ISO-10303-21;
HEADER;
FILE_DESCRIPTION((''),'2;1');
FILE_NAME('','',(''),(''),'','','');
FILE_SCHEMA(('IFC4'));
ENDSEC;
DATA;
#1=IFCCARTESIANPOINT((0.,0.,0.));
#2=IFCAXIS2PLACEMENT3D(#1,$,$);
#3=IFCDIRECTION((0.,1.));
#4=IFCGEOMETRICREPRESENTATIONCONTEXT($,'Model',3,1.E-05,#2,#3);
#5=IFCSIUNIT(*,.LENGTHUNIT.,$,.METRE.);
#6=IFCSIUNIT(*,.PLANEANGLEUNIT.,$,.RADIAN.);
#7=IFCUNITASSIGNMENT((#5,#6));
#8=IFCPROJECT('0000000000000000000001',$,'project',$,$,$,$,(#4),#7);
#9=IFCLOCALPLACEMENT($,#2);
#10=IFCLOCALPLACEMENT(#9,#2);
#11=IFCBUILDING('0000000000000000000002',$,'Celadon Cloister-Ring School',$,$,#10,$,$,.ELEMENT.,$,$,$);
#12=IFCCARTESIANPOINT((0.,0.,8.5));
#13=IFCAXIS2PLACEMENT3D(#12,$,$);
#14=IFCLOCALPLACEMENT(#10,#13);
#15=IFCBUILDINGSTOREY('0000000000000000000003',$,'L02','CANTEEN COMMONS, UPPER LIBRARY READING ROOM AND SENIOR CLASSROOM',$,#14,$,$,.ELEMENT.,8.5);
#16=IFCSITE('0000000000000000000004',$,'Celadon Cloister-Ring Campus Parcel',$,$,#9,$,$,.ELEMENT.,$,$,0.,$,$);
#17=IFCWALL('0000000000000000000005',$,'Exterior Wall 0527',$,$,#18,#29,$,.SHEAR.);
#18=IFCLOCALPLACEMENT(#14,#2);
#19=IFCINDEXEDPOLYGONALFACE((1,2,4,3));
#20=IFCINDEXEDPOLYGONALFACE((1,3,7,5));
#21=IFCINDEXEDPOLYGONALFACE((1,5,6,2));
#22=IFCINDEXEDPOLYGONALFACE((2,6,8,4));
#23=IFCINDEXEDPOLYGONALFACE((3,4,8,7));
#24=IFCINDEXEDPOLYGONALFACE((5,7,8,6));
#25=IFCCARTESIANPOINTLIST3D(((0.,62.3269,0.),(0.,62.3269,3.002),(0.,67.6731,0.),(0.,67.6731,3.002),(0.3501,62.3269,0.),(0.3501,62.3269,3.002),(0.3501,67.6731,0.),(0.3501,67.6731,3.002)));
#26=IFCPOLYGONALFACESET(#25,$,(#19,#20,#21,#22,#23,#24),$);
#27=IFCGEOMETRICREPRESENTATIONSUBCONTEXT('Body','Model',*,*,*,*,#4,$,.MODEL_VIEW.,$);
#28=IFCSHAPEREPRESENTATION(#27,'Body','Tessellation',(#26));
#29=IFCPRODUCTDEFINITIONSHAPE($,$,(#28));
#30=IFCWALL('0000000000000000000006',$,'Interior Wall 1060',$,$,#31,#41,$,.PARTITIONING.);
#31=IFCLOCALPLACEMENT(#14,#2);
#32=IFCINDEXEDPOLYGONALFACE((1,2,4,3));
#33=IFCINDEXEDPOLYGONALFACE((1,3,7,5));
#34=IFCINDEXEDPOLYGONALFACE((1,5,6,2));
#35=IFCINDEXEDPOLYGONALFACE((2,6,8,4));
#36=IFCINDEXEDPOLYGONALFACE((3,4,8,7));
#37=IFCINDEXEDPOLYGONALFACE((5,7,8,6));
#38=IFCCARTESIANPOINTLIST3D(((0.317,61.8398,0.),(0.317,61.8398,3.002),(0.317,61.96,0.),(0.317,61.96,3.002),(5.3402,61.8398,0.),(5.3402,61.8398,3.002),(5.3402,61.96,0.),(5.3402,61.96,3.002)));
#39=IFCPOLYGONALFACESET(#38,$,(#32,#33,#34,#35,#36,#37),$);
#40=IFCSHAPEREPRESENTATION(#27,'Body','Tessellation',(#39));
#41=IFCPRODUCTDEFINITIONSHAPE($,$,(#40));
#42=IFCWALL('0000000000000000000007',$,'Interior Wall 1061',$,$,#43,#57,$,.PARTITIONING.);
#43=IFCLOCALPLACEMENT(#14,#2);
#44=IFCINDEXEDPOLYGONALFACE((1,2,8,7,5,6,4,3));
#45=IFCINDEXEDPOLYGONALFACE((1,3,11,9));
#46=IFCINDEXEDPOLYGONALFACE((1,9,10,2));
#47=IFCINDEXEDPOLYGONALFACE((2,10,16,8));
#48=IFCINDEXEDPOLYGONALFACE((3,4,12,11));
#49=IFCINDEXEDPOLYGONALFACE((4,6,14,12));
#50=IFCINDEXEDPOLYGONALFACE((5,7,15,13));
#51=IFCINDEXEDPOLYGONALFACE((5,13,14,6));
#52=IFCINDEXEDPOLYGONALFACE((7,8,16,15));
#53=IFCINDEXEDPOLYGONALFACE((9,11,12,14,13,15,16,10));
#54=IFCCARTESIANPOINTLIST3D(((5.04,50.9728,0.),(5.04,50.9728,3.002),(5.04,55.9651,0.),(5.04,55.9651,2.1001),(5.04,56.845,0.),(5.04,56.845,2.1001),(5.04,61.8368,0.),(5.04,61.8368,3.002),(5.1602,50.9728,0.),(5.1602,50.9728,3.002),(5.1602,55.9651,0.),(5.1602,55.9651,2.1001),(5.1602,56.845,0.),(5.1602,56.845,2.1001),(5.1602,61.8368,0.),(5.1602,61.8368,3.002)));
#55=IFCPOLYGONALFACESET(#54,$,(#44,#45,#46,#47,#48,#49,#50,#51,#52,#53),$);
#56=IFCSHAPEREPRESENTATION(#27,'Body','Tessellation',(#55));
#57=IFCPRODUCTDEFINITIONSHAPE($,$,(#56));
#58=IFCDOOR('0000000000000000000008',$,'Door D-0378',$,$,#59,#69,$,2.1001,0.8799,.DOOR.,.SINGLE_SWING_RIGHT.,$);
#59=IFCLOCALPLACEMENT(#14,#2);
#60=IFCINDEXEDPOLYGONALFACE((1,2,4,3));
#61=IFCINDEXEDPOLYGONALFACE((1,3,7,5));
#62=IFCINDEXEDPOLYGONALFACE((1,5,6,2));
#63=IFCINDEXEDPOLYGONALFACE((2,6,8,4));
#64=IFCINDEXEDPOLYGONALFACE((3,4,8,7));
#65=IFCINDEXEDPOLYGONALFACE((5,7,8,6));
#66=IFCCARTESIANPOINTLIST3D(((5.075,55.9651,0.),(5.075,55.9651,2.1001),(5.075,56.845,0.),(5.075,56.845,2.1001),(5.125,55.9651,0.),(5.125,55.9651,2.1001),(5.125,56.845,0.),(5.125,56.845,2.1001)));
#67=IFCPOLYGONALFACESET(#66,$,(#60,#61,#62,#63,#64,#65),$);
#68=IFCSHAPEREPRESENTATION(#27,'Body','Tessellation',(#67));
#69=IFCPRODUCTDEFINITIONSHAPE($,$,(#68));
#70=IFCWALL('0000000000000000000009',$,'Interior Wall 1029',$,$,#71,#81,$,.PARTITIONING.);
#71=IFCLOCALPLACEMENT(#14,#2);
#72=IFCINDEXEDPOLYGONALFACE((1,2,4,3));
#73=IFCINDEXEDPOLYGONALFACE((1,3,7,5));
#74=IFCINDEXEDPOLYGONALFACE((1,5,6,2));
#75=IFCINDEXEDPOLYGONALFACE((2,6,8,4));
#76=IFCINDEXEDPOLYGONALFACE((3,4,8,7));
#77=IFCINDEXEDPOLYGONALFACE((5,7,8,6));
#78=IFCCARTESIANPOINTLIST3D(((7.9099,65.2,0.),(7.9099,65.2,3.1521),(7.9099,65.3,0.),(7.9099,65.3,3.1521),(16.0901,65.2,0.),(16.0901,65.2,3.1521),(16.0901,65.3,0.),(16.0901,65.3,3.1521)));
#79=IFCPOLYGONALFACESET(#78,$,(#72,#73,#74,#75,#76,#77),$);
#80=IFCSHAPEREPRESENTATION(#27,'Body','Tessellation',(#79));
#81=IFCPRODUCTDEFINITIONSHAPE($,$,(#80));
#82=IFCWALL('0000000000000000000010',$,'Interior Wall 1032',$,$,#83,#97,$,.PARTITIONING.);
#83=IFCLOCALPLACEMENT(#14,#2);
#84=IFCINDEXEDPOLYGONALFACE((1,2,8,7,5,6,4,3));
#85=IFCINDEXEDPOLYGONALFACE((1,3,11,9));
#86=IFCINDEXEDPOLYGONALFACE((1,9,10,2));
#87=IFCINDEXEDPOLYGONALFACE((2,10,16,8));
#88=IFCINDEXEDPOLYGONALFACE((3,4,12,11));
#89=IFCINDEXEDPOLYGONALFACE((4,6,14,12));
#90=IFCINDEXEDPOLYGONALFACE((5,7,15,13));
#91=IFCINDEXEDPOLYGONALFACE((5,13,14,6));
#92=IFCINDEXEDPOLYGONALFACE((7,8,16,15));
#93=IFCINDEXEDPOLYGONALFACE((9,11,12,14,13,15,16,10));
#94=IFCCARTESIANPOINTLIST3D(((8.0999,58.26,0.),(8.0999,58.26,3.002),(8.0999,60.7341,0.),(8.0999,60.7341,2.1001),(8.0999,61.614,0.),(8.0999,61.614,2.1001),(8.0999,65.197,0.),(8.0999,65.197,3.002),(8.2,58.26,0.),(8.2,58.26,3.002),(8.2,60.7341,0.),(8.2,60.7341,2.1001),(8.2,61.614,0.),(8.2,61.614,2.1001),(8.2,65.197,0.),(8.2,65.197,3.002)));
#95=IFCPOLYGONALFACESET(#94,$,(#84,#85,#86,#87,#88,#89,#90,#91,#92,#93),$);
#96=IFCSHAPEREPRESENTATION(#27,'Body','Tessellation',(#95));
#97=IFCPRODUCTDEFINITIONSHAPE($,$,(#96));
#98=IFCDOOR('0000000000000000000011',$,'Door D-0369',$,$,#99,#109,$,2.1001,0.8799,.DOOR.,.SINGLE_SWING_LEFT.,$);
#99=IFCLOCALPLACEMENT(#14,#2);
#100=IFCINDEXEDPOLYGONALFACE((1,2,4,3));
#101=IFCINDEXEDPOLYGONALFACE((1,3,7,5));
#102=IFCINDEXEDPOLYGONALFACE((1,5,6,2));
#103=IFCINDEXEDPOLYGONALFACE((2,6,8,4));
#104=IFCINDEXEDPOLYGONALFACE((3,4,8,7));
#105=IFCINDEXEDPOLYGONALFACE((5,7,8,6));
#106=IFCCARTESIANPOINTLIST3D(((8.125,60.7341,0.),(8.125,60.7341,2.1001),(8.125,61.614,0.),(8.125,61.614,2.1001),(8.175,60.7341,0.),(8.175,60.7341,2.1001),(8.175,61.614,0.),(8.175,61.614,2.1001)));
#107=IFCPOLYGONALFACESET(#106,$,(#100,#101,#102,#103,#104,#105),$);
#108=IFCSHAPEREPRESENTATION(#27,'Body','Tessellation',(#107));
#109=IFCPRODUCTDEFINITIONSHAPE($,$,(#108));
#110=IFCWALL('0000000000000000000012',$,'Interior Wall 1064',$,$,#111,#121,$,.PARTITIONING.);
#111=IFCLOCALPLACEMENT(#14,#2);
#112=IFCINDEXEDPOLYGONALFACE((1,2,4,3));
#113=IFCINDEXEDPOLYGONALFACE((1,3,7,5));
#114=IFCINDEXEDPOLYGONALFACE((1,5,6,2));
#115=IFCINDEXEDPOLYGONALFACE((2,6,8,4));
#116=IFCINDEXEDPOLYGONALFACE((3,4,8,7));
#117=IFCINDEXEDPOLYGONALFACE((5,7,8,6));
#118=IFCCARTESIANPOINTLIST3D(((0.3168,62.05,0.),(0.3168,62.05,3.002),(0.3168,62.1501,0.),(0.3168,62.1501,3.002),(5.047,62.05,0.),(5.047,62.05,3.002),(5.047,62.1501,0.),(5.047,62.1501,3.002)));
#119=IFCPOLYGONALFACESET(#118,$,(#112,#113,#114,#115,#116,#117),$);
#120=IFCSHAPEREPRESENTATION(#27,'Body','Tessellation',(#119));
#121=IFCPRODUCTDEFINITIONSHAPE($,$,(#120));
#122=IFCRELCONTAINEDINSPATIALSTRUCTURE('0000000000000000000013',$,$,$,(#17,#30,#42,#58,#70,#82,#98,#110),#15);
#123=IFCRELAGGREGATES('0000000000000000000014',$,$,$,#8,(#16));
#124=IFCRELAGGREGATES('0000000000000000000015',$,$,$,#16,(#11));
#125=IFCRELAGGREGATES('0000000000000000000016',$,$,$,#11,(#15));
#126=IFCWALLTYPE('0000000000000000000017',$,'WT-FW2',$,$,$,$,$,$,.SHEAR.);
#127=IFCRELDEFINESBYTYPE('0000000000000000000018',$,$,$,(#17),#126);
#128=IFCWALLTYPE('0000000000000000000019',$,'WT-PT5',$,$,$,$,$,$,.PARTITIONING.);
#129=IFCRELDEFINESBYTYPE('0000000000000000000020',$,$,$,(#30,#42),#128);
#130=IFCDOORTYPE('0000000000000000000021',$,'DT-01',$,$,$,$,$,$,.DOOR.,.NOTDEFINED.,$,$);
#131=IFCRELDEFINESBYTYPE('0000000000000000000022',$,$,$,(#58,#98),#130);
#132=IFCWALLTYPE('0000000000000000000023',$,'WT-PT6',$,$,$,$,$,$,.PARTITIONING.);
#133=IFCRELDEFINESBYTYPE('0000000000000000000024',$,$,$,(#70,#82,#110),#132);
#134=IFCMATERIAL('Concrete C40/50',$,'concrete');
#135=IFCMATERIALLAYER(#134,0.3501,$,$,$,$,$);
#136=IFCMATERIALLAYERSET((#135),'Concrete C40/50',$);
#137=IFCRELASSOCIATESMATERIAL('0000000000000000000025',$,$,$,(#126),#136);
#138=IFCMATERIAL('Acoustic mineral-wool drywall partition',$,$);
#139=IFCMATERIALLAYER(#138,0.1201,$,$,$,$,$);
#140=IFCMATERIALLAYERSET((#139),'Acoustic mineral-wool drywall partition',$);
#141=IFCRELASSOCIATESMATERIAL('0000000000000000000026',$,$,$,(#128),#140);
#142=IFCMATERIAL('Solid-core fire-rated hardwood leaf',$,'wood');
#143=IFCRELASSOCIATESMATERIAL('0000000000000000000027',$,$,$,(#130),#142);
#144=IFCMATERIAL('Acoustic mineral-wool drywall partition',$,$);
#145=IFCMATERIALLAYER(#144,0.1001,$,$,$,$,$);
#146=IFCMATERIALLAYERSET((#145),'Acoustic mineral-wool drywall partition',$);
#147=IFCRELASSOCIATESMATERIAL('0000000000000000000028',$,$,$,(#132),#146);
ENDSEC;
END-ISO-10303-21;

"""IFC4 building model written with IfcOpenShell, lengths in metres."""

from ifc_helpers import new_model, si_unit, direction, frame, frame_2d, origin, place, context, subcontext, project, spatial, rectangle, extrude, material, layer, layer_set, type_object, element, fill, save


model = new_model("IFC4")

# Units and contexts
model_context = context("Model", 3, precision=1e-05, world=origin(), true_north=direction((0.0, 1.0)))
body_context = subcontext(model_context, "Body", "Model", "MODEL_VIEW")
ifc_project = project(units=[si_unit("LENGTHUNIT", "METRE"), si_unit("PLANEANGLEUNIT", "RADIAN")], contexts=[model_context])

# Site, building, storey
site_placement = place(None, origin())
site = spatial("IfcSite", under=ifc_project, at=site_placement, Name="Celadon Cloister-Ring Campus Parcel", CompositionType="ELEMENT", RefElevation=0.0)
building_placement = place(site_placement, origin())
building = spatial("IfcBuilding", under=site, at=building_placement, Name="Celadon Cloister-Ring School", CompositionType="ELEMENT")
storey_placement = place(building_placement, frame((0.0, 0.0, 8.5)))
storey = spatial("IfcBuildingStorey", under=building, at=storey_placement, Name="L02", Description="CANTEEN COMMONS, UPPER LIBRARY READING ROOM AND SENIOR CLASSROOM", CompositionType="ELEMENT", Elevation=8.5)

# Walls
ifc_material_1 = material(Name="Concrete C40/50", Category="concrete")
ifc_layer_1 = layer(ifc_material_1, 0.3501)
ifc_layer_set_1 = layer_set([ifc_layer_1], Name="Concrete C40/50")
wall_type_1 = type_object("IfcWallType", Name="WT-FW2", PredefinedType="SHEAR", material=ifc_layer_set_1)
for number, where, z_axis, x_axis, name in (
    (1, (0.175, 62.3269, 0.0), (0.0, 0.0, 1.0), (0.0, 1.0, 0.0), "Exterior Wall 0527"),
):
    element("IfcWall", number, at=place(storey_placement, frame(where, z_axis=z_axis, x_axis=x_axis)), inside=storey, type_object=wall_type_1, Name=name, PredefinedType="SHEAR", context=body_context, shape_type="SweptSolid", body=[
        extrude(rectangle(XDim=5.3462, YDim=0.3501, at=frame_2d((2.6731, 0.0))), origin(), (0.0, 0.0, 1.0), 3.002),
    ])
ifc_material_2 = material(Name="Acoustic mineral-wool drywall partition")
ifc_layer_2 = layer(ifc_material_2, 0.1201)
ifc_layer_set_2 = layer_set([ifc_layer_2], Name="Acoustic mineral-wool drywall partition")
wall_type_2 = type_object("IfcWallType", Name="WT-PT5", PredefinedType="PARTITIONING", material=ifc_layer_set_2)
wall_1_placement = place(storey_placement, frame((0.3169, 61.8999, 0.0), z_axis=(0.0, 0.0, 1.0), x_axis=(1.0, 0.0, 0.0)))
element("IfcWall", 2, at=wall_1_placement, inside=storey, type_object=wall_type_2, Name="Interior Wall 1060", PredefinedType="PARTITIONING", context=body_context, shape_type="SweptSolid", body=[
    extrude(rectangle(XDim=5.0232, YDim=0.1201, at=frame_2d((2.5117, 0.0))), origin(), (0.0, 0.0, 1.0), 3.002),
])

# Wall, opening, door
wall_2_placement = place(storey_placement, frame((5.1001, 61.8369, 0.0), z_axis=(0.0, 0.0, 1.0), x_axis=(0.0, -1.0, 0.0)))
wall_2 = element("IfcWall", 3, at=wall_2_placement, inside=storey, type_object=wall_type_2, Name="Interior Wall 1061", PredefinedType="PARTITIONING", context=body_context, shape_type="SweptSolid", body=[
    extrude(rectangle(XDim=10.864, YDim=0.1201, at=frame_2d((5.4321, 0.0))), origin(), (0.0, 0.0, 1.0), 3.002),
])
opening_1_placement = place(wall_2_placement, frame((4.9919, 0.0, 0.0)))
opening_1 = element("IfcOpeningElement", 4, at=opening_1_placement, cuts=wall_2, PredefinedType="OPENING", context=body_context, shape_type="SweptSolid", body=[
    extrude(rectangle(XDim=0.8799, YDim=2.1001, at=frame_2d((0.4399, 1.05))), frame((0.0, 0.0701, 0.0), z_axis=(0.0, -1.0, 0.0), x_axis=(1.0, 0.0, 0.0)), (0.0, 0.0, 1.0), 0.1401),
])
ifc_material_3 = material(Name="Solid-core fire-rated hardwood leaf", Category="wood")
door_type = type_object("IfcDoorType", Name="DT-01", OperationType="NOTDEFINED", PredefinedType="DOOR", material=ifc_material_3)
door_1_placement = place(opening_1_placement, origin())
door_1 = element("IfcDoor", 5, at=door_1_placement, inside=storey, type_object=door_type, Name="Door D-0378", OperationType="SINGLE_SWING_RIGHT", OverallHeight=2.1001, OverallWidth=0.8799, PredefinedType="DOOR", context=body_context, shape_type="SweptSolid", body=[
    extrude(rectangle(XDim=0.8799, YDim=2.1001, at=frame_2d((0.4399, 1.05))), frame((0.0, 0.0249, 0.0), z_axis=(0.0, -1.0, 0.0), x_axis=(1.0, 0.0, 0.0)), (0.0, 0.0, 1.0), 0.05),
])
fill(opening_1, door_1)

# Wall
ifc_material_4 = material(Name="Acoustic mineral-wool drywall partition")
ifc_layer_3 = layer(ifc_material_4, 0.1001)
ifc_layer_set_3 = layer_set([ifc_layer_3], Name="Acoustic mineral-wool drywall partition")
wall_type_3 = type_object("IfcWallType", Name="WT-PT6", PredefinedType="PARTITIONING", material=ifc_layer_set_3)
wall_3_placement = place(storey_placement, frame((7.9099, 65.25, 0.0), z_axis=(0.0, 0.0, 1.0), x_axis=(1.0, 0.0, 0.0)))
element("IfcWall", 6, at=wall_3_placement, inside=storey, type_object=wall_type_3, Name="Interior Wall 1029", PredefinedType="PARTITIONING", context=body_context, shape_type="SweptSolid", body=[
    extrude(rectangle(XDim=8.1802, YDim=0.1001, at=frame_2d((4.0901, 0.0))), origin(), (0.0, 0.0, 1.0), 3.1521),
])

# Wall, opening, door
wall_4_placement = place(storey_placement, frame((8.1499, 58.26, 0.0), z_axis=(0.0, 0.0, 1.0), x_axis=(0.0, 1.0, 0.0)))
wall_4 = element("IfcWall", 7, at=wall_4_placement, inside=storey, type_object=wall_type_3, Name="Interior Wall 1032", PredefinedType="PARTITIONING", context=body_context, shape_type="SweptSolid", body=[
    extrude(rectangle(XDim=6.937, YDim=0.1001, at=frame_2d((3.4685, 0.0))), origin(), (0.0, 0.0, 1.0), 3.002),
])
opening_2_placement = place(wall_4_placement, frame((2.4741, 0.0, 0.0)))
opening_2 = element("IfcOpeningElement", 8, at=opening_2_placement, cuts=wall_4, PredefinedType="OPENING", context=body_context, shape_type="SweptSolid", body=[
    extrude(rectangle(XDim=0.8799, YDim=2.1001, at=frame_2d((0.4399, 1.05))), frame((0.0, 0.0601, 0.0), z_axis=(0.0, -1.0, 0.0), x_axis=(1.0, 0.0, 0.0)), (0.0, 0.0, 1.0), 0.1201),
])
door_2_placement = place(opening_2_placement, origin())
door_2 = element("IfcDoor", 9, at=door_2_placement, inside=storey, type_object=door_type, Name="Door D-0369", OperationType="SINGLE_SWING_LEFT", OverallHeight=2.1001, OverallWidth=0.8799, PredefinedType="DOOR", context=body_context, shape_type="SweptSolid", body=[
    extrude(rectangle(XDim=0.8799, YDim=2.1001, at=frame_2d((0.4399, 1.05))), frame((0.0, 0.0249, 0.0), z_axis=(0.0, -1.0, 0.0), x_axis=(1.0, 0.0, 0.0)), (0.0, 0.0, 1.0), 0.05),
])
fill(opening_2, door_2)

# Wall
wall_5_placement = place(storey_placement, frame((5.0471, 62.1001, 0.0), z_axis=(0.0, 0.0, 1.0), x_axis=(-1.0, 0.0, 0.0)))
element("IfcWall", 10, at=wall_5_placement, inside=storey, type_object=wall_type_3, Name="Interior Wall 1064", PredefinedType="PARTITIONING", context=body_context, shape_type="SweptSolid", body=[
    extrude(rectangle(XDim=4.7302, YDim=0.1001, at=frame_2d((2.3652, 0.0))), origin(), (0.0, 0.0, 1.0), 3.002),
])

save(model, "model.ifc")
